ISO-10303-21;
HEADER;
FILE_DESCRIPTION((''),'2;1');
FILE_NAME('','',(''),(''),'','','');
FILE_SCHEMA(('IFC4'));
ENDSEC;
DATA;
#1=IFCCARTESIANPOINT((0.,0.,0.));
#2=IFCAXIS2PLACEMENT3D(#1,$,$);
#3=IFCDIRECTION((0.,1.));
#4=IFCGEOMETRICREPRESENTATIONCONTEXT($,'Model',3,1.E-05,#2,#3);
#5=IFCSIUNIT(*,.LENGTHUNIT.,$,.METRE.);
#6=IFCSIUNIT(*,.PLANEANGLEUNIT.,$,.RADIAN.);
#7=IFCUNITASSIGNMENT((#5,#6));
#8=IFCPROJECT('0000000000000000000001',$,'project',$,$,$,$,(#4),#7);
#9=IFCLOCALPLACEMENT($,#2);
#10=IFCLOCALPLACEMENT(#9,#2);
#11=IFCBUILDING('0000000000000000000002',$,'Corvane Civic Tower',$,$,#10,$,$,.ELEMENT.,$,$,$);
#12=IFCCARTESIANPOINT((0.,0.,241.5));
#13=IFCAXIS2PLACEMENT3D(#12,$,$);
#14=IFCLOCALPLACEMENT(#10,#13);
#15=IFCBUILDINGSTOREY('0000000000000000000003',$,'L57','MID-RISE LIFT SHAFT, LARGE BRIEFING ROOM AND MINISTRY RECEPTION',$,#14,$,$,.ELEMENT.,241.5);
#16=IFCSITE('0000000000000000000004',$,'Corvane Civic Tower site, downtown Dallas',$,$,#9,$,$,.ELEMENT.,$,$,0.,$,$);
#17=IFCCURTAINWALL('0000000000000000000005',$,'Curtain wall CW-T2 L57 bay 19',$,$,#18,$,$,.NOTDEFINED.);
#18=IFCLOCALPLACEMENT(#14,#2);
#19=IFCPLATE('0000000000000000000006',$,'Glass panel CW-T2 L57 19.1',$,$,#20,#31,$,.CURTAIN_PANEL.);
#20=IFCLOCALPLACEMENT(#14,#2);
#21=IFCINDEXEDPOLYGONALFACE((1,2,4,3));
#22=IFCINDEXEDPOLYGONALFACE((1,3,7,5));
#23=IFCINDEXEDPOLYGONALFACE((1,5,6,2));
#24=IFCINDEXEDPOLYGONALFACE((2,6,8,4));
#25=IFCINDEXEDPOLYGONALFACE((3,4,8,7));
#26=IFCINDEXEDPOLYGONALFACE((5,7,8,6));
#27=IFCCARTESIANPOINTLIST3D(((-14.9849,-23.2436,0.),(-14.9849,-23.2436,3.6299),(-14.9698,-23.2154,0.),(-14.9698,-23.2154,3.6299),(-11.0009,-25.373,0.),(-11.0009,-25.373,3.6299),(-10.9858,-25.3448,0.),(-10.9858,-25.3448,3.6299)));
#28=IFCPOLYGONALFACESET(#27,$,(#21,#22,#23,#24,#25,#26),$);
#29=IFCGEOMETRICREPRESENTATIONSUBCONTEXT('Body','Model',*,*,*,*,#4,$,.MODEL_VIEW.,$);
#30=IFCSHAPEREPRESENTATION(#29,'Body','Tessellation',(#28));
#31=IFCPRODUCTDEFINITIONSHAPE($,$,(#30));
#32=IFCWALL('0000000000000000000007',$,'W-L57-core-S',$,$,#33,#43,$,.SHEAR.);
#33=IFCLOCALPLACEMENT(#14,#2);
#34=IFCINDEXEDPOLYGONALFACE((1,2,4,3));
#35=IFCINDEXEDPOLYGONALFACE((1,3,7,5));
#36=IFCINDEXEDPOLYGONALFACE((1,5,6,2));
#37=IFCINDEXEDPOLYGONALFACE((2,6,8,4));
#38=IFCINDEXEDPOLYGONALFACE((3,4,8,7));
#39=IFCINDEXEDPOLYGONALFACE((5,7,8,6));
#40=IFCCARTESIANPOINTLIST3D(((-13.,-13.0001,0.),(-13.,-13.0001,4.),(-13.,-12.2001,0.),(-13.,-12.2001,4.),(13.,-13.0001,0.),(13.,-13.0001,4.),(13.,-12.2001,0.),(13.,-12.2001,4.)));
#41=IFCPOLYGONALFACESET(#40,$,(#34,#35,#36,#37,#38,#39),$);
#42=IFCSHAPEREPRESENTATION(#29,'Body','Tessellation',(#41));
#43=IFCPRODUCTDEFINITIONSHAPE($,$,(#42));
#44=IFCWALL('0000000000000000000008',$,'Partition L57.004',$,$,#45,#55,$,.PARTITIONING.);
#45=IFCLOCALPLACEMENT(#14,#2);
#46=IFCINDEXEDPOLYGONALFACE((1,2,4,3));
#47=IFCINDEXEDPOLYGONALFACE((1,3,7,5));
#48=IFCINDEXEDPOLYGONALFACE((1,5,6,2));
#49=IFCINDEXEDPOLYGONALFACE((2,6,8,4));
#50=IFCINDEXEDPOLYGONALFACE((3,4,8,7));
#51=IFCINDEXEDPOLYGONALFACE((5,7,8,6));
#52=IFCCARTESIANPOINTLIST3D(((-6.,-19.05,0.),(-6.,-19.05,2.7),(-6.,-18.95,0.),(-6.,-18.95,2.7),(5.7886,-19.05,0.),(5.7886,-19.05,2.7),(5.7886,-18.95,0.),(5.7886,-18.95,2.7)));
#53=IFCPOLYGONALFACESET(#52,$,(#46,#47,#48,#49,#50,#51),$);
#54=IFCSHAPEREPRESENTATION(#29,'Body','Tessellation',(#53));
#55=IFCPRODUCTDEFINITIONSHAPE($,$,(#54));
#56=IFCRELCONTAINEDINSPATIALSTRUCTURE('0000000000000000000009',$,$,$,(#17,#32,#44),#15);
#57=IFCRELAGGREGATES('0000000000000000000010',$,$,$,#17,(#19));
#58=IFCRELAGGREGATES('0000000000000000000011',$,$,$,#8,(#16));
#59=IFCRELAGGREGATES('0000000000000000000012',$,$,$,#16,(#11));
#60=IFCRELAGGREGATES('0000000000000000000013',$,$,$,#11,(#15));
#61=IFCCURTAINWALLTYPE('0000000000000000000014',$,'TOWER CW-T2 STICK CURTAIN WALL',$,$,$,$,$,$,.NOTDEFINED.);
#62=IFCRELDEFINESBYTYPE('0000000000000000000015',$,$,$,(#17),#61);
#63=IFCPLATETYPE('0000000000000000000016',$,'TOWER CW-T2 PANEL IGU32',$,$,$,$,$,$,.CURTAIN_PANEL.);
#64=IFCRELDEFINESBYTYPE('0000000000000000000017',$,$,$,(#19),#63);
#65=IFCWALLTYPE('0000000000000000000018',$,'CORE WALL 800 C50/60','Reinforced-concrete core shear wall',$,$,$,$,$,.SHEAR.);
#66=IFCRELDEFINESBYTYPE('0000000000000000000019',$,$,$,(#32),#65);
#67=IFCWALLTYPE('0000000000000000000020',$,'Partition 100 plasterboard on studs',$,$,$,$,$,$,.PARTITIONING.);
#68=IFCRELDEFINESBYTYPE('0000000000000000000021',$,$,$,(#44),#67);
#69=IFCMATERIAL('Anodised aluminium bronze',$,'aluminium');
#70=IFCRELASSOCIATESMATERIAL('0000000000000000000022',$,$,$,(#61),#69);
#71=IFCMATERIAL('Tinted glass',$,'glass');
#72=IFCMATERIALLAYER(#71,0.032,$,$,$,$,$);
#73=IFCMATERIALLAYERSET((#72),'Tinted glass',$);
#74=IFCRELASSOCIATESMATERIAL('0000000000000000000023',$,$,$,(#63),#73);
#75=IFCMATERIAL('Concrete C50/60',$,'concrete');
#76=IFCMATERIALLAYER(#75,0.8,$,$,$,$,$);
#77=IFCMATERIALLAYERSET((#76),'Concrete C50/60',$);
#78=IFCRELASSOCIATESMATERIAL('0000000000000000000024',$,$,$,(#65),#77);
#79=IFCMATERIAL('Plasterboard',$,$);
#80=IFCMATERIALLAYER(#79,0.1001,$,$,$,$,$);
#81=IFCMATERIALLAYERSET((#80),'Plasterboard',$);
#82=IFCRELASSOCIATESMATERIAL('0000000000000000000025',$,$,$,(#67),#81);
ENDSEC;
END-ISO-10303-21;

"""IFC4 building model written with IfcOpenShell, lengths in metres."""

from ifc_helpers import new_model, si_unit, direction, frame, frame_2d, origin, origin_2d, place, context, subcontext, project, spatial, rectangle, extrude, material, layer, layer_set, type_object, element, aggregate, save


model = new_model("IFC4")

# Units and contexts
model_context = context("Model", 3, precision=1e-05, world=origin(), true_north=direction((0.0, 1.0)))
body_context = subcontext(model_context, "Body", "Model", "MODEL_VIEW")
ifc_project = project(units=[si_unit("LENGTHUNIT", "METRE"), si_unit("PLANEANGLEUNIT", "RADIAN")], contexts=[model_context])

# Site, building, storey
site_placement = place(None, origin())
site = spatial("IfcSite", under=ifc_project, at=site_placement, Name="Corvane Civic Tower site, downtown Dallas", CompositionType="ELEMENT", RefElevation=0.0)
building_placement = place(site_placement, origin())
building = spatial("IfcBuilding", under=site, at=building_placement, Name="Corvane Civic Tower", CompositionType="ELEMENT")
storey_placement = place(building_placement, frame((0.0, 0.0, 241.5)))
storey = spatial("IfcBuildingStorey", under=building, at=storey_placement, Name="L57", Description="MID-RISE LIFT SHAFT, LARGE BRIEFING ROOM AND MINISTRY RECEPTION", CompositionType="ELEMENT", Elevation=241.5)

# Curtain wall
ifc_material_1 = material(Name="Anodised aluminium bronze", Category="aluminium")
curtain_wall_type = type_object("IfcCurtainWallType", Name="TOWER CW-T2 STICK CURTAIN WALL", PredefinedType="NOTDEFINED", material=ifc_material_1)
curtain_wall_1_placement = place(storey_placement, origin())
curtain_wall_1 = element("IfcCurtainWall", 1, at=curtain_wall_1_placement, inside=storey, type_object=curtain_wall_type, Name="Curtain wall CW-T2 L57 bay 19", PredefinedType="NOTDEFINED")

# Plate
ifc_material_2 = material(Name="Tinted glass", Category="glass")
ifc_layer_1 = layer(ifc_material_2, 0.032)
ifc_layer_set_1 = layer_set([ifc_layer_1], Name="Tinted glass")
plate_type = type_object("IfcPlateType", Name="TOWER CW-T2 PANEL IGU32", PredefinedType="CURTAIN_PANEL", material=ifc_layer_set_1)
plate_1_placement = place(storey_placement, frame((-12.9854, -24.2942, 0.0), z_axis=(0.0, 0.0, 1.0), x_axis=(-0.88192, 0.471398, 0.0)))
plate_1 = element("IfcPlate", 2, at=plate_1_placement, type_object=plate_type, Name="Glass panel CW-T2 L57 19.1", PredefinedType="CURTAIN_PANEL", context=body_context, shape_type="SweptSolid", body=[
    extrude(rectangle(XDim=4.5173, YDim=0.032, at=origin_2d()), origin(), (0.0, 0.0, 1.0), 3.6299),
])
aggregate(curtain_wall_1, [plate_1])

# Walls
ifc_material_3 = material(Name="Concrete C50/60", Category="concrete")
ifc_layer_2 = layer(ifc_material_3, 0.8)
ifc_layer_set_2 = layer_set([ifc_layer_2], Name="Concrete C50/60")
wall_type_1 = type_object("IfcWallType", Name="CORE WALL 800 C50/60", Description="Reinforced-concrete core shear wall", PredefinedType="SHEAR", material=ifc_layer_set_2)
wall_1_placement = place(storey_placement, frame((-13.0, -12.6001, 0.0), z_axis=(0.0, 0.0, 1.0), x_axis=(1.0, 0.0, 0.0)))
element("IfcWall", 3, at=wall_1_placement, inside=storey, type_object=wall_type_1, Name="W-L57-core-S", PredefinedType="SHEAR", context=body_context, shape_type="SweptSolid", body=[
    extrude(rectangle(XDim=26.0, YDim=0.8, at=frame_2d((13.0, 0.0))), origin(), (0.0, 0.0, 1.0), 4.0),
])
ifc_material_4 = material(Name="Plasterboard")
ifc_layer_3 = layer(ifc_material_4, 0.1001)
ifc_layer_set_3 = layer_set([ifc_layer_3], Name="Plasterboard")
wall_type_2 = type_object("IfcWallType", Name="Partition 100 plasterboard on studs", PredefinedType="PARTITIONING", material=ifc_layer_set_3)
wall_2_placement = place(storey_placement, frame((-6.0, -19.0, 0.0), z_axis=(0.0, 0.0, 1.0), x_axis=(1.0, 0.0, 0.0)))
element("IfcWall", 4, at=wall_2_placement, inside=storey, type_object=wall_type_2, Name="Partition L57.004", PredefinedType="PARTITIONING", context=body_context, shape_type="SweptSolid", body=[
    extrude(rectangle(XDim=11.7886, YDim=0.1001, at=frame_2d((5.8943, 0.0))), origin(), (0.0, 0.0, 1.0), 2.7),
])

save(model, "model.ifc")
